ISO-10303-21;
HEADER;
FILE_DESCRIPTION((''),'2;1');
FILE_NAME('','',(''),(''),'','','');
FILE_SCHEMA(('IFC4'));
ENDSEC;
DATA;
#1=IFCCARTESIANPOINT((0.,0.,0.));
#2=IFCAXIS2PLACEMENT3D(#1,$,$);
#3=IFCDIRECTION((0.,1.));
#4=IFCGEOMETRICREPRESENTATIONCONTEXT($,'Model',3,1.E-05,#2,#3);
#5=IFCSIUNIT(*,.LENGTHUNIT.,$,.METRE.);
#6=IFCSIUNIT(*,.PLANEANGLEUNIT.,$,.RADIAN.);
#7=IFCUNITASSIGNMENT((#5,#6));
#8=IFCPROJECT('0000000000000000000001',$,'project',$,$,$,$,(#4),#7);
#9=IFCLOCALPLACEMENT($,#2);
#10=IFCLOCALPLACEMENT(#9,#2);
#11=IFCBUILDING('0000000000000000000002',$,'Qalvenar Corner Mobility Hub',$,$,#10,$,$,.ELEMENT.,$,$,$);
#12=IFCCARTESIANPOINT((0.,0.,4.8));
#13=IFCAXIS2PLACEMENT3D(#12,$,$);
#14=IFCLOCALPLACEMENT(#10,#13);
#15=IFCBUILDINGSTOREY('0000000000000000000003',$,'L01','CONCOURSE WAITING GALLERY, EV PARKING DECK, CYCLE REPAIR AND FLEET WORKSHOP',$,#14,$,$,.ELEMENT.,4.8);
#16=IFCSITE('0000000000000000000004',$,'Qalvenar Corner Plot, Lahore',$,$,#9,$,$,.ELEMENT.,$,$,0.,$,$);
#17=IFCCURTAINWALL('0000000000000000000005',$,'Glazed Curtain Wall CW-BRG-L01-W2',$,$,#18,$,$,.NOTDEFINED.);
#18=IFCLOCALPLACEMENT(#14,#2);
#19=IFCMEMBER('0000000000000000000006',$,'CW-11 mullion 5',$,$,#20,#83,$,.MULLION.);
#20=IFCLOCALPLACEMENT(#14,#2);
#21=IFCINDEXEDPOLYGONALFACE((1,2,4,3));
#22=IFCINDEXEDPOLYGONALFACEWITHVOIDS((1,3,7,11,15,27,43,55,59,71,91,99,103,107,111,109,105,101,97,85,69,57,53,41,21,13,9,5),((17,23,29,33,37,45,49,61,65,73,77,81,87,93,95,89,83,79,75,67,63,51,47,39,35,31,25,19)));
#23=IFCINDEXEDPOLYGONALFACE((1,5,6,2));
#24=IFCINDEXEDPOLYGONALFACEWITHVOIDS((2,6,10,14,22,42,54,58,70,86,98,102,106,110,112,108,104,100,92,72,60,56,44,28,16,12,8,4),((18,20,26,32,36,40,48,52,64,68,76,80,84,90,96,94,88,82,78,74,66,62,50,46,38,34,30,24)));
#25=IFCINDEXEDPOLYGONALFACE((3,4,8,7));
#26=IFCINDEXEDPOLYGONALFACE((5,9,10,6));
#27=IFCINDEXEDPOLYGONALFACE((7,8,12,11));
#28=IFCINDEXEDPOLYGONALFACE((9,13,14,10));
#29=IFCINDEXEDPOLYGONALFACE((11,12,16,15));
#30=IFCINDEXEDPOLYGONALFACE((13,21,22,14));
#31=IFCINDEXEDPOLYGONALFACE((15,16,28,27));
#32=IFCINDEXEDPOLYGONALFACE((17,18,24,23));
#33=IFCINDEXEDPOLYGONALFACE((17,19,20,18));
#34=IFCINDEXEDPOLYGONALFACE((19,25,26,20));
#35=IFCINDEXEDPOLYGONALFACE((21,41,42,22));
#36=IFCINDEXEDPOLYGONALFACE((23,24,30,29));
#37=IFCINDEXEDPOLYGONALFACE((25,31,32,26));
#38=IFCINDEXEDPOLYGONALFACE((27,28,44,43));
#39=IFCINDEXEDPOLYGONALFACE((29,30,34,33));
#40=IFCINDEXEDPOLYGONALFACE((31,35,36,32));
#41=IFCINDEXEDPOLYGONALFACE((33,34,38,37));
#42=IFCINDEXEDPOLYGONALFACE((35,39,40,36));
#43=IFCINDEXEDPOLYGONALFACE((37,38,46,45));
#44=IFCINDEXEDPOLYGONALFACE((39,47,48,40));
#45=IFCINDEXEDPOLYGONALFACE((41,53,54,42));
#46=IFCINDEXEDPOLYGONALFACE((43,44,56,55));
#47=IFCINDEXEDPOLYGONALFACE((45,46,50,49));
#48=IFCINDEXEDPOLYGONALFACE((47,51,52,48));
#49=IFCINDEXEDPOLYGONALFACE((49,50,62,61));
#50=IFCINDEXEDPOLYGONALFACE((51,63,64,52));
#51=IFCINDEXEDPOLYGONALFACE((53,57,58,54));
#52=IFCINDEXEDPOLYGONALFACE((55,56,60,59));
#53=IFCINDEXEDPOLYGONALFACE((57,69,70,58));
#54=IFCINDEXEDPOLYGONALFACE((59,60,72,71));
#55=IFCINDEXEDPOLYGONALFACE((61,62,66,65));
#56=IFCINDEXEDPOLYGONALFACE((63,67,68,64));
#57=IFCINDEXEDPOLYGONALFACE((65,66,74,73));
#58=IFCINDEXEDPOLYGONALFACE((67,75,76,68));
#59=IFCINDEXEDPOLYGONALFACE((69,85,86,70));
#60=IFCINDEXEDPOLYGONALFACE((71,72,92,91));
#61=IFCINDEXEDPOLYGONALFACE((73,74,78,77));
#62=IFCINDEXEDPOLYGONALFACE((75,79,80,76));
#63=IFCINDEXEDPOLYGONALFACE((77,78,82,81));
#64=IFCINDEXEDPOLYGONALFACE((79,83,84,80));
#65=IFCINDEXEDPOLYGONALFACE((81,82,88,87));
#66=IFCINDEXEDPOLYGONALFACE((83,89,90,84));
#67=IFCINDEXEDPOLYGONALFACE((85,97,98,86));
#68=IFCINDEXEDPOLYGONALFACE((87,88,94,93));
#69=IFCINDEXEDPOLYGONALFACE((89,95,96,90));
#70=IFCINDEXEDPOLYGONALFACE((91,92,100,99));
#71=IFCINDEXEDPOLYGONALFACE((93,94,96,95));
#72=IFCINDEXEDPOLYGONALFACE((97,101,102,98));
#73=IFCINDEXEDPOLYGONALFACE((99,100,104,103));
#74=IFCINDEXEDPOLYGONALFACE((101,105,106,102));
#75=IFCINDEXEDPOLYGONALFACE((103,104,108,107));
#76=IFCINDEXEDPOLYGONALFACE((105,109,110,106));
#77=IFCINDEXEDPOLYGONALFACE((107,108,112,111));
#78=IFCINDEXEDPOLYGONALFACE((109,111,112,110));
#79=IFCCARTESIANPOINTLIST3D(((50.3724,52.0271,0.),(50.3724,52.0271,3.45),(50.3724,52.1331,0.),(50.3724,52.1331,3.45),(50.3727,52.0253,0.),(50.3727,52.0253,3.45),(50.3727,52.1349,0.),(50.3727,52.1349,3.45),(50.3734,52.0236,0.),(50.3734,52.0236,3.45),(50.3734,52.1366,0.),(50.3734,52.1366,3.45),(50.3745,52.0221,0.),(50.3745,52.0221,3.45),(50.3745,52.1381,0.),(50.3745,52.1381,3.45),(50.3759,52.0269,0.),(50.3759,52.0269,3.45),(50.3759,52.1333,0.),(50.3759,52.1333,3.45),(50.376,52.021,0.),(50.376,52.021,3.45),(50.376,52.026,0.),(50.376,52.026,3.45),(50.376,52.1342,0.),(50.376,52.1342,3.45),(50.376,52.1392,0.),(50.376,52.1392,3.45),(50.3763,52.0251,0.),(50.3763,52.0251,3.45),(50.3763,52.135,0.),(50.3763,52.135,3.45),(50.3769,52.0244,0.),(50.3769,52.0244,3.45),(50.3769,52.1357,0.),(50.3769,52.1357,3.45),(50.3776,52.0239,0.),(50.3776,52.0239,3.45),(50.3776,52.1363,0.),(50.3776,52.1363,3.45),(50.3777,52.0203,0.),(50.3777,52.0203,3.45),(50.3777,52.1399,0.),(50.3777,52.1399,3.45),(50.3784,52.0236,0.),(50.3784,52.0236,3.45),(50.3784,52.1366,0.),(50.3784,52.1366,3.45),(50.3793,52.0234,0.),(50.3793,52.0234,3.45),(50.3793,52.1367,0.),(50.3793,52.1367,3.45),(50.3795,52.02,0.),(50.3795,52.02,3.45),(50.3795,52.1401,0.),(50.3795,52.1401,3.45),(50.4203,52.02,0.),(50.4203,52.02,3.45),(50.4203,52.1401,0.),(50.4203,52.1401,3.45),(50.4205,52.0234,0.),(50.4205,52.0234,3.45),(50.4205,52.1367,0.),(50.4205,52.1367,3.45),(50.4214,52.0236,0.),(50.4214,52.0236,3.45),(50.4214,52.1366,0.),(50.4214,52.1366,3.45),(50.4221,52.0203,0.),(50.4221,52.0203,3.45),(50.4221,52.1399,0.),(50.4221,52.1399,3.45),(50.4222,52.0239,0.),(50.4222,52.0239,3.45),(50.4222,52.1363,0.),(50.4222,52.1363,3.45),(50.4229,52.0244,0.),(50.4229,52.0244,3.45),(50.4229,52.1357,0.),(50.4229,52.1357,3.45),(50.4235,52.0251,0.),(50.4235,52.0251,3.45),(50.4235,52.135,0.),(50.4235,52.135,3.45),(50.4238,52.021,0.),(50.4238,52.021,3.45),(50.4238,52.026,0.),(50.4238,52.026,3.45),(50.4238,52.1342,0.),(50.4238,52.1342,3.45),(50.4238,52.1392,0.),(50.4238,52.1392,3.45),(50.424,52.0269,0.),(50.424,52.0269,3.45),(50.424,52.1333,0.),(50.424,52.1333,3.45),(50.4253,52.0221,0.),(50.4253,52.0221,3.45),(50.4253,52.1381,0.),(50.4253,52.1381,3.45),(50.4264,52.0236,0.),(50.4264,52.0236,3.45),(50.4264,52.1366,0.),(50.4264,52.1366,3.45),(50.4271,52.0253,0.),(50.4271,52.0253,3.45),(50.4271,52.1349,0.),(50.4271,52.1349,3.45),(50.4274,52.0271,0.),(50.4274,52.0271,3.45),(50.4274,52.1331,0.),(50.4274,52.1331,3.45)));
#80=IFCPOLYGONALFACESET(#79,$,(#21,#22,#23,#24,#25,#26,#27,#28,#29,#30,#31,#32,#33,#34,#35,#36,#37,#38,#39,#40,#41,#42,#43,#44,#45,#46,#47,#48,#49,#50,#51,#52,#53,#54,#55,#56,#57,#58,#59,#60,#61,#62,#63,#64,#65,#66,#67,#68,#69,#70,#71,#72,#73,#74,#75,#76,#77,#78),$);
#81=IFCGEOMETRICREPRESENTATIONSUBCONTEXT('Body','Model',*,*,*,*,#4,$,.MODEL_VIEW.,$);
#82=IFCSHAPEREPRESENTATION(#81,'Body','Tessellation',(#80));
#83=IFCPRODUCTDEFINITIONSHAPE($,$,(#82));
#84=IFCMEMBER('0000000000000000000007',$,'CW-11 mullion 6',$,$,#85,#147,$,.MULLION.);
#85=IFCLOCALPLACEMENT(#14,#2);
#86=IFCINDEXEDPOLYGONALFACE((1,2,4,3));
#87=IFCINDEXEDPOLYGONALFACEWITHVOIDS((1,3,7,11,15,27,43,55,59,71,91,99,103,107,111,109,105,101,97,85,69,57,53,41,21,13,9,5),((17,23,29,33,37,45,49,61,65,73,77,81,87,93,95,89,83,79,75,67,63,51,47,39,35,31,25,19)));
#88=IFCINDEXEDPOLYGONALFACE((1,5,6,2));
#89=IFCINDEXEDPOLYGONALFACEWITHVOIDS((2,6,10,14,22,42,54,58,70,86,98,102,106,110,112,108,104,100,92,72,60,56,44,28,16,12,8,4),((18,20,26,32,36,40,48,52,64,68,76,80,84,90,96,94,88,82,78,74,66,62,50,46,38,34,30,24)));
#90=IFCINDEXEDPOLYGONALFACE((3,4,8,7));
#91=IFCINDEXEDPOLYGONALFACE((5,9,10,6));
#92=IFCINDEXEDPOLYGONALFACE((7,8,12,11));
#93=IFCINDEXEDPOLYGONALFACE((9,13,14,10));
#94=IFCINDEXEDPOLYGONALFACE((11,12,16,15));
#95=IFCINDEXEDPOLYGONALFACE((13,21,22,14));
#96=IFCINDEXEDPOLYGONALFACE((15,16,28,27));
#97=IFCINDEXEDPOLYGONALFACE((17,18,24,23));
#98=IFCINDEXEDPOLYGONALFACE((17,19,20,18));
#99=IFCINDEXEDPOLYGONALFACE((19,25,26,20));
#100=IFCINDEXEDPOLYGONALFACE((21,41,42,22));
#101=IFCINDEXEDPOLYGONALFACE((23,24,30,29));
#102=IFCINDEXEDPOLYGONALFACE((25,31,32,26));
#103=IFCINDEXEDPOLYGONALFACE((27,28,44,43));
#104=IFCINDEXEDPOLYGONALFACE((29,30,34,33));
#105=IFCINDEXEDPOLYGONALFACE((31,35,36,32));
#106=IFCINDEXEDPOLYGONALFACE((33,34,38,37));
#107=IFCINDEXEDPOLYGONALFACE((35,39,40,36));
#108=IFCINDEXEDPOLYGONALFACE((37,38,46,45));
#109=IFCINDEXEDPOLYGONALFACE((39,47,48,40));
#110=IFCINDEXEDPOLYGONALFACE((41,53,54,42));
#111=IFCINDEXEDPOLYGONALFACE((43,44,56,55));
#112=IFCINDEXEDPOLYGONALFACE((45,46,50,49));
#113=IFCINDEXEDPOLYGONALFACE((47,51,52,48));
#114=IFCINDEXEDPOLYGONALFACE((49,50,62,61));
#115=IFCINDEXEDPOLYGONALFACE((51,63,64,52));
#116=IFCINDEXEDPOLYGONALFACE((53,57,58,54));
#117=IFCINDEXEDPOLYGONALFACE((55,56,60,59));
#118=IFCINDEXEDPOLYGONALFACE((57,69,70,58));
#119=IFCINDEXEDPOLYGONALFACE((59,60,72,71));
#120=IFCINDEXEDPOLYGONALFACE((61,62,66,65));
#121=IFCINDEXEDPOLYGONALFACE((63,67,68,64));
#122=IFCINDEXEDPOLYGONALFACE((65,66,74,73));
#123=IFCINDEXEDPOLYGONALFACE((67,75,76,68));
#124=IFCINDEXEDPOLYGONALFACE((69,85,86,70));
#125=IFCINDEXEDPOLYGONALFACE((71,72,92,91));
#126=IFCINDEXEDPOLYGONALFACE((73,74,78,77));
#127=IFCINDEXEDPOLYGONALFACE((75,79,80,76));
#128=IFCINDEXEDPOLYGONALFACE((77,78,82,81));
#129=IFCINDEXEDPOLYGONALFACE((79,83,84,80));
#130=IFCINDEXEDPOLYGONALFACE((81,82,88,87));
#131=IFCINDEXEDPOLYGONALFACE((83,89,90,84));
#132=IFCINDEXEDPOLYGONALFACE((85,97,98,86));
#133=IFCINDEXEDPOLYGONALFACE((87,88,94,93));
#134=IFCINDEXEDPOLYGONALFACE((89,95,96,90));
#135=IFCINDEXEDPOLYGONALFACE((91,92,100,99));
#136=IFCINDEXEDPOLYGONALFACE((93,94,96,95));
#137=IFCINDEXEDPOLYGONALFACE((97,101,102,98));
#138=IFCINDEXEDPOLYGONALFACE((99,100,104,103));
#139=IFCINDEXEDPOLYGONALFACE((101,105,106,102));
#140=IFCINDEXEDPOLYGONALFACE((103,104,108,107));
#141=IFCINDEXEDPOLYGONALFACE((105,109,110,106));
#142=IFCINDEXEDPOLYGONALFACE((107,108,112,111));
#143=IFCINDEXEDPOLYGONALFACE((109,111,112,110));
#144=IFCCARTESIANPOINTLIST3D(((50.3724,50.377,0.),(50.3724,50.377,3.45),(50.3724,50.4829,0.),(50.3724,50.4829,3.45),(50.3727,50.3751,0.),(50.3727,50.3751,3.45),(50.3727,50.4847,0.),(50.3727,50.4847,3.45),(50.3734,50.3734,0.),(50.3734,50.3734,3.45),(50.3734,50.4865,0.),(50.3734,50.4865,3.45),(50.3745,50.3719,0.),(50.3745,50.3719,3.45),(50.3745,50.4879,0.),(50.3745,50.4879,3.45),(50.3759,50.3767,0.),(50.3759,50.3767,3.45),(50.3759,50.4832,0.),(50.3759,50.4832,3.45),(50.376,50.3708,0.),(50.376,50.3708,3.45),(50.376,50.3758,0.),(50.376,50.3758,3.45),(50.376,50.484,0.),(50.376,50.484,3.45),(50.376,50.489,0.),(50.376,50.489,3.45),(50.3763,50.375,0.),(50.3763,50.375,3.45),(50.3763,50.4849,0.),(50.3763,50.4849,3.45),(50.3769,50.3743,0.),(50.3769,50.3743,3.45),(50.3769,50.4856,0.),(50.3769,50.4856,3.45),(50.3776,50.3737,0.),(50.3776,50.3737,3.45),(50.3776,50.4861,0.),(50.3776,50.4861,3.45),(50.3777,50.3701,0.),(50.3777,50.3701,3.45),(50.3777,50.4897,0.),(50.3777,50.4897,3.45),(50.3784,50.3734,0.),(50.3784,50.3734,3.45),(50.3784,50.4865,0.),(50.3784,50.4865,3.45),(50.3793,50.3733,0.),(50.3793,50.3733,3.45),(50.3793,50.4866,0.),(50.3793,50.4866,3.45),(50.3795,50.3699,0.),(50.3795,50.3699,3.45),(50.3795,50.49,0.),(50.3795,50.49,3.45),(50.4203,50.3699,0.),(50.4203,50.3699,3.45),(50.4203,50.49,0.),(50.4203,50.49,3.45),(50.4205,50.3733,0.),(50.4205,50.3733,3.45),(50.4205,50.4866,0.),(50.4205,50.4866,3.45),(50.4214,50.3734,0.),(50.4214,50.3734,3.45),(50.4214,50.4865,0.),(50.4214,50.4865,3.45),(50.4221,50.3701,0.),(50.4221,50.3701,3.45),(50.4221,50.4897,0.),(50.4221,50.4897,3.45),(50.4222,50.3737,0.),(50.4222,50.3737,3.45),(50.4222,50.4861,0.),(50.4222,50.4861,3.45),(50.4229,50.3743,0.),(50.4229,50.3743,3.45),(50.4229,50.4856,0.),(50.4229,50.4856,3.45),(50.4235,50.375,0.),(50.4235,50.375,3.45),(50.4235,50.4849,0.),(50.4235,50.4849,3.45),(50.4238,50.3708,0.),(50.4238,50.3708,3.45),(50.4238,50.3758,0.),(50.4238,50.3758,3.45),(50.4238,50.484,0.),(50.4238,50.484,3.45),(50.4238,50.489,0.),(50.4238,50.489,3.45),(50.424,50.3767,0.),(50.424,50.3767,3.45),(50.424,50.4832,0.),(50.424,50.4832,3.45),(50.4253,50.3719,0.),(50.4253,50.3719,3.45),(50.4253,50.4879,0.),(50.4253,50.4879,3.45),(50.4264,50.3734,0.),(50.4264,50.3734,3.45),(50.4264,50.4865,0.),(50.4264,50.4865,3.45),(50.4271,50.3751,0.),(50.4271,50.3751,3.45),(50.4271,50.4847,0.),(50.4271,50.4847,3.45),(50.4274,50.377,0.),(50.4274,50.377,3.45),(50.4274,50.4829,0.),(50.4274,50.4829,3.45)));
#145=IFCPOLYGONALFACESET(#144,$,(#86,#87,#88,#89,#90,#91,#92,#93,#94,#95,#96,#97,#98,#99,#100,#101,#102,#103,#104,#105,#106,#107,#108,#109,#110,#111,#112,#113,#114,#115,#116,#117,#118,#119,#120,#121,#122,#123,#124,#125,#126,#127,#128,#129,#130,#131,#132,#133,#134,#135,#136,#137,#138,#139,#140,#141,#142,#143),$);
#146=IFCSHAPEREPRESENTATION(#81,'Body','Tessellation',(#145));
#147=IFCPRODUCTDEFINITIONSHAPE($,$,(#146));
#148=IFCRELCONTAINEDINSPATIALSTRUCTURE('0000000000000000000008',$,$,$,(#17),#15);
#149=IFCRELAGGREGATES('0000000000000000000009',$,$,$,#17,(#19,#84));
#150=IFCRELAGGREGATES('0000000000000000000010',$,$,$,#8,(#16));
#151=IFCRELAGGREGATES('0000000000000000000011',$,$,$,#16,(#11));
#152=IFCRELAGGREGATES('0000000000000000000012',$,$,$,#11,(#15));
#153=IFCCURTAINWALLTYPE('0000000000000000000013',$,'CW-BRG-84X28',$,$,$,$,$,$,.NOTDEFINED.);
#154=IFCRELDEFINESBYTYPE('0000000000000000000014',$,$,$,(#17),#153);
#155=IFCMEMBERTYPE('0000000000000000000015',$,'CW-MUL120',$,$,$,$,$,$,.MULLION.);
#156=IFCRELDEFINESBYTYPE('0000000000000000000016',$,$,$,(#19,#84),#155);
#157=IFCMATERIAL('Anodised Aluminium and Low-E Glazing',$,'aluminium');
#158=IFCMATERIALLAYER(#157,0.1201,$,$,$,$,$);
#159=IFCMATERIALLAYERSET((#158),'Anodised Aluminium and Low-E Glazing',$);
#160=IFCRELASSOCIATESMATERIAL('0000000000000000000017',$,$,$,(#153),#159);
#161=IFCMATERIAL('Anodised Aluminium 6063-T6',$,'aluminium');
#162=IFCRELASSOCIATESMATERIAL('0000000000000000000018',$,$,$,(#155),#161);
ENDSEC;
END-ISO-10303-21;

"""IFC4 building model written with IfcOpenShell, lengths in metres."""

from ifc_helpers import new_model, si_unit, direction, frame, origin, origin_2d, place, context, subcontext, project, spatial, hollow_rectangle, extrude, material, layer, layer_set, material_profile, profile_set, type_object, element, aggregate, save


model = new_model("IFC4")

# Units and contexts
model_context = context("Model", 3, precision=1e-05, world=origin(), true_north=direction((0.0, 1.0)))
body_context = subcontext(model_context, "Body", "Model", "MODEL_VIEW")
ifc_project = project(units=[si_unit("LENGTHUNIT", "METRE"), si_unit("PLANEANGLEUNIT", "RADIAN")], contexts=[model_context])

# Site, building, storey
site_placement = place(None, origin())
site = spatial("IfcSite", under=ifc_project, at=site_placement, Name="Qalvenar Corner Plot, Lahore", CompositionType="ELEMENT", RefElevation=0.0)
building_placement = place(site_placement, origin())
building = spatial("IfcBuilding", under=site, at=building_placement, Name="Qalvenar Corner Mobility Hub", CompositionType="ELEMENT")
storey_placement = place(building_placement, frame((0.0, 0.0, 4.8)))
storey = spatial("IfcBuildingStorey", under=building, at=storey_placement, Name="L01", Description="CONCOURSE WAITING GALLERY, EV PARKING DECK, CYCLE REPAIR AND FLEET WORKSHOP", CompositionType="ELEMENT", Elevation=4.8)

# Curtain wall, members
ifc_material_1 = material(Name="Anodised Aluminium and Low-E Glazing", Category="aluminium")
ifc_layer_1 = layer(ifc_material_1, 0.1201)
ifc_layer_set_1 = layer_set([ifc_layer_1], Name="Anodised Aluminium and Low-E Glazing")
curtain_wall_type = type_object("IfcCurtainWallType", Name="CW-BRG-84X28", PredefinedType="NOTDEFINED", material=ifc_layer_set_1)
curtain_wall_placement = place(storey_placement, origin())
curtain_wall = element("IfcCurtainWall", 1, at=curtain_wall_placement, inside=storey, type_object=curtain_wall_type, Name="Glazed Curtain Wall CW-BRG-L01-W2", PredefinedType="NOTDEFINED")
ifc_material_2 = material(Name="Anodised Aluminium 6063-T6", Category="aluminium")
ifc_material_profile_1 = material_profile(ifc_material_2, hollow_rectangle(XDim=0.0549, YDim=0.1201, WallThickness=0.0034, InnerFilletRadius=0.0034, OuterFilletRadius=0.0071, at=origin_2d()), Name="RHS120x55x3.5")
ifc_profile_set_1 = profile_set([ifc_material_profile_1], Name="Anodised Aluminium 6063-T6")
member_type_1 = type_object("IfcMemberType", Name="CW-MUL120", PredefinedType="MULLION", material=ifc_profile_set_1)
member_1_placement = place(storey_placement, frame((50.3999, 52.0801, 0.0), z_axis=(0.0, 0.0, 1.0), x_axis=(1.0, 0.0, 0.0)))
member_1 = element("IfcMember", 2, at=member_1_placement, type_object=member_type_1, Name="CW-11 mullion 5", PredefinedType="MULLION", context=body_context, shape_type="SweptSolid", body=[
    extrude(hollow_rectangle(XDim=0.0549, YDim=0.1201, WallThickness=0.0034, InnerFilletRadius=0.0034, OuterFilletRadius=0.0071, at=origin_2d()), origin(), (0.0, 0.0, 1.0), 3.45),
])
member_2_placement = place(storey_placement, frame((50.3999, 50.4299, 0.0), z_axis=(0.0, 0.0, 1.0), x_axis=(1.0, 0.0, 0.0)))
member_2 = element("IfcMember", 3, at=member_2_placement, type_object=member_type_1, Name="CW-11 mullion 6", PredefinedType="MULLION", context=body_context, shape_type="SweptSolid", body=[
    extrude(hollow_rectangle(XDim=0.0549, YDim=0.1201, WallThickness=0.0034, InnerFilletRadius=0.0034, OuterFilletRadius=0.0071, at=origin_2d()), origin(), (0.0, 0.0, 1.0), 3.45),
])
aggregate(curtain_wall, [member_1, member_2])

save(model, "model.ifc")
